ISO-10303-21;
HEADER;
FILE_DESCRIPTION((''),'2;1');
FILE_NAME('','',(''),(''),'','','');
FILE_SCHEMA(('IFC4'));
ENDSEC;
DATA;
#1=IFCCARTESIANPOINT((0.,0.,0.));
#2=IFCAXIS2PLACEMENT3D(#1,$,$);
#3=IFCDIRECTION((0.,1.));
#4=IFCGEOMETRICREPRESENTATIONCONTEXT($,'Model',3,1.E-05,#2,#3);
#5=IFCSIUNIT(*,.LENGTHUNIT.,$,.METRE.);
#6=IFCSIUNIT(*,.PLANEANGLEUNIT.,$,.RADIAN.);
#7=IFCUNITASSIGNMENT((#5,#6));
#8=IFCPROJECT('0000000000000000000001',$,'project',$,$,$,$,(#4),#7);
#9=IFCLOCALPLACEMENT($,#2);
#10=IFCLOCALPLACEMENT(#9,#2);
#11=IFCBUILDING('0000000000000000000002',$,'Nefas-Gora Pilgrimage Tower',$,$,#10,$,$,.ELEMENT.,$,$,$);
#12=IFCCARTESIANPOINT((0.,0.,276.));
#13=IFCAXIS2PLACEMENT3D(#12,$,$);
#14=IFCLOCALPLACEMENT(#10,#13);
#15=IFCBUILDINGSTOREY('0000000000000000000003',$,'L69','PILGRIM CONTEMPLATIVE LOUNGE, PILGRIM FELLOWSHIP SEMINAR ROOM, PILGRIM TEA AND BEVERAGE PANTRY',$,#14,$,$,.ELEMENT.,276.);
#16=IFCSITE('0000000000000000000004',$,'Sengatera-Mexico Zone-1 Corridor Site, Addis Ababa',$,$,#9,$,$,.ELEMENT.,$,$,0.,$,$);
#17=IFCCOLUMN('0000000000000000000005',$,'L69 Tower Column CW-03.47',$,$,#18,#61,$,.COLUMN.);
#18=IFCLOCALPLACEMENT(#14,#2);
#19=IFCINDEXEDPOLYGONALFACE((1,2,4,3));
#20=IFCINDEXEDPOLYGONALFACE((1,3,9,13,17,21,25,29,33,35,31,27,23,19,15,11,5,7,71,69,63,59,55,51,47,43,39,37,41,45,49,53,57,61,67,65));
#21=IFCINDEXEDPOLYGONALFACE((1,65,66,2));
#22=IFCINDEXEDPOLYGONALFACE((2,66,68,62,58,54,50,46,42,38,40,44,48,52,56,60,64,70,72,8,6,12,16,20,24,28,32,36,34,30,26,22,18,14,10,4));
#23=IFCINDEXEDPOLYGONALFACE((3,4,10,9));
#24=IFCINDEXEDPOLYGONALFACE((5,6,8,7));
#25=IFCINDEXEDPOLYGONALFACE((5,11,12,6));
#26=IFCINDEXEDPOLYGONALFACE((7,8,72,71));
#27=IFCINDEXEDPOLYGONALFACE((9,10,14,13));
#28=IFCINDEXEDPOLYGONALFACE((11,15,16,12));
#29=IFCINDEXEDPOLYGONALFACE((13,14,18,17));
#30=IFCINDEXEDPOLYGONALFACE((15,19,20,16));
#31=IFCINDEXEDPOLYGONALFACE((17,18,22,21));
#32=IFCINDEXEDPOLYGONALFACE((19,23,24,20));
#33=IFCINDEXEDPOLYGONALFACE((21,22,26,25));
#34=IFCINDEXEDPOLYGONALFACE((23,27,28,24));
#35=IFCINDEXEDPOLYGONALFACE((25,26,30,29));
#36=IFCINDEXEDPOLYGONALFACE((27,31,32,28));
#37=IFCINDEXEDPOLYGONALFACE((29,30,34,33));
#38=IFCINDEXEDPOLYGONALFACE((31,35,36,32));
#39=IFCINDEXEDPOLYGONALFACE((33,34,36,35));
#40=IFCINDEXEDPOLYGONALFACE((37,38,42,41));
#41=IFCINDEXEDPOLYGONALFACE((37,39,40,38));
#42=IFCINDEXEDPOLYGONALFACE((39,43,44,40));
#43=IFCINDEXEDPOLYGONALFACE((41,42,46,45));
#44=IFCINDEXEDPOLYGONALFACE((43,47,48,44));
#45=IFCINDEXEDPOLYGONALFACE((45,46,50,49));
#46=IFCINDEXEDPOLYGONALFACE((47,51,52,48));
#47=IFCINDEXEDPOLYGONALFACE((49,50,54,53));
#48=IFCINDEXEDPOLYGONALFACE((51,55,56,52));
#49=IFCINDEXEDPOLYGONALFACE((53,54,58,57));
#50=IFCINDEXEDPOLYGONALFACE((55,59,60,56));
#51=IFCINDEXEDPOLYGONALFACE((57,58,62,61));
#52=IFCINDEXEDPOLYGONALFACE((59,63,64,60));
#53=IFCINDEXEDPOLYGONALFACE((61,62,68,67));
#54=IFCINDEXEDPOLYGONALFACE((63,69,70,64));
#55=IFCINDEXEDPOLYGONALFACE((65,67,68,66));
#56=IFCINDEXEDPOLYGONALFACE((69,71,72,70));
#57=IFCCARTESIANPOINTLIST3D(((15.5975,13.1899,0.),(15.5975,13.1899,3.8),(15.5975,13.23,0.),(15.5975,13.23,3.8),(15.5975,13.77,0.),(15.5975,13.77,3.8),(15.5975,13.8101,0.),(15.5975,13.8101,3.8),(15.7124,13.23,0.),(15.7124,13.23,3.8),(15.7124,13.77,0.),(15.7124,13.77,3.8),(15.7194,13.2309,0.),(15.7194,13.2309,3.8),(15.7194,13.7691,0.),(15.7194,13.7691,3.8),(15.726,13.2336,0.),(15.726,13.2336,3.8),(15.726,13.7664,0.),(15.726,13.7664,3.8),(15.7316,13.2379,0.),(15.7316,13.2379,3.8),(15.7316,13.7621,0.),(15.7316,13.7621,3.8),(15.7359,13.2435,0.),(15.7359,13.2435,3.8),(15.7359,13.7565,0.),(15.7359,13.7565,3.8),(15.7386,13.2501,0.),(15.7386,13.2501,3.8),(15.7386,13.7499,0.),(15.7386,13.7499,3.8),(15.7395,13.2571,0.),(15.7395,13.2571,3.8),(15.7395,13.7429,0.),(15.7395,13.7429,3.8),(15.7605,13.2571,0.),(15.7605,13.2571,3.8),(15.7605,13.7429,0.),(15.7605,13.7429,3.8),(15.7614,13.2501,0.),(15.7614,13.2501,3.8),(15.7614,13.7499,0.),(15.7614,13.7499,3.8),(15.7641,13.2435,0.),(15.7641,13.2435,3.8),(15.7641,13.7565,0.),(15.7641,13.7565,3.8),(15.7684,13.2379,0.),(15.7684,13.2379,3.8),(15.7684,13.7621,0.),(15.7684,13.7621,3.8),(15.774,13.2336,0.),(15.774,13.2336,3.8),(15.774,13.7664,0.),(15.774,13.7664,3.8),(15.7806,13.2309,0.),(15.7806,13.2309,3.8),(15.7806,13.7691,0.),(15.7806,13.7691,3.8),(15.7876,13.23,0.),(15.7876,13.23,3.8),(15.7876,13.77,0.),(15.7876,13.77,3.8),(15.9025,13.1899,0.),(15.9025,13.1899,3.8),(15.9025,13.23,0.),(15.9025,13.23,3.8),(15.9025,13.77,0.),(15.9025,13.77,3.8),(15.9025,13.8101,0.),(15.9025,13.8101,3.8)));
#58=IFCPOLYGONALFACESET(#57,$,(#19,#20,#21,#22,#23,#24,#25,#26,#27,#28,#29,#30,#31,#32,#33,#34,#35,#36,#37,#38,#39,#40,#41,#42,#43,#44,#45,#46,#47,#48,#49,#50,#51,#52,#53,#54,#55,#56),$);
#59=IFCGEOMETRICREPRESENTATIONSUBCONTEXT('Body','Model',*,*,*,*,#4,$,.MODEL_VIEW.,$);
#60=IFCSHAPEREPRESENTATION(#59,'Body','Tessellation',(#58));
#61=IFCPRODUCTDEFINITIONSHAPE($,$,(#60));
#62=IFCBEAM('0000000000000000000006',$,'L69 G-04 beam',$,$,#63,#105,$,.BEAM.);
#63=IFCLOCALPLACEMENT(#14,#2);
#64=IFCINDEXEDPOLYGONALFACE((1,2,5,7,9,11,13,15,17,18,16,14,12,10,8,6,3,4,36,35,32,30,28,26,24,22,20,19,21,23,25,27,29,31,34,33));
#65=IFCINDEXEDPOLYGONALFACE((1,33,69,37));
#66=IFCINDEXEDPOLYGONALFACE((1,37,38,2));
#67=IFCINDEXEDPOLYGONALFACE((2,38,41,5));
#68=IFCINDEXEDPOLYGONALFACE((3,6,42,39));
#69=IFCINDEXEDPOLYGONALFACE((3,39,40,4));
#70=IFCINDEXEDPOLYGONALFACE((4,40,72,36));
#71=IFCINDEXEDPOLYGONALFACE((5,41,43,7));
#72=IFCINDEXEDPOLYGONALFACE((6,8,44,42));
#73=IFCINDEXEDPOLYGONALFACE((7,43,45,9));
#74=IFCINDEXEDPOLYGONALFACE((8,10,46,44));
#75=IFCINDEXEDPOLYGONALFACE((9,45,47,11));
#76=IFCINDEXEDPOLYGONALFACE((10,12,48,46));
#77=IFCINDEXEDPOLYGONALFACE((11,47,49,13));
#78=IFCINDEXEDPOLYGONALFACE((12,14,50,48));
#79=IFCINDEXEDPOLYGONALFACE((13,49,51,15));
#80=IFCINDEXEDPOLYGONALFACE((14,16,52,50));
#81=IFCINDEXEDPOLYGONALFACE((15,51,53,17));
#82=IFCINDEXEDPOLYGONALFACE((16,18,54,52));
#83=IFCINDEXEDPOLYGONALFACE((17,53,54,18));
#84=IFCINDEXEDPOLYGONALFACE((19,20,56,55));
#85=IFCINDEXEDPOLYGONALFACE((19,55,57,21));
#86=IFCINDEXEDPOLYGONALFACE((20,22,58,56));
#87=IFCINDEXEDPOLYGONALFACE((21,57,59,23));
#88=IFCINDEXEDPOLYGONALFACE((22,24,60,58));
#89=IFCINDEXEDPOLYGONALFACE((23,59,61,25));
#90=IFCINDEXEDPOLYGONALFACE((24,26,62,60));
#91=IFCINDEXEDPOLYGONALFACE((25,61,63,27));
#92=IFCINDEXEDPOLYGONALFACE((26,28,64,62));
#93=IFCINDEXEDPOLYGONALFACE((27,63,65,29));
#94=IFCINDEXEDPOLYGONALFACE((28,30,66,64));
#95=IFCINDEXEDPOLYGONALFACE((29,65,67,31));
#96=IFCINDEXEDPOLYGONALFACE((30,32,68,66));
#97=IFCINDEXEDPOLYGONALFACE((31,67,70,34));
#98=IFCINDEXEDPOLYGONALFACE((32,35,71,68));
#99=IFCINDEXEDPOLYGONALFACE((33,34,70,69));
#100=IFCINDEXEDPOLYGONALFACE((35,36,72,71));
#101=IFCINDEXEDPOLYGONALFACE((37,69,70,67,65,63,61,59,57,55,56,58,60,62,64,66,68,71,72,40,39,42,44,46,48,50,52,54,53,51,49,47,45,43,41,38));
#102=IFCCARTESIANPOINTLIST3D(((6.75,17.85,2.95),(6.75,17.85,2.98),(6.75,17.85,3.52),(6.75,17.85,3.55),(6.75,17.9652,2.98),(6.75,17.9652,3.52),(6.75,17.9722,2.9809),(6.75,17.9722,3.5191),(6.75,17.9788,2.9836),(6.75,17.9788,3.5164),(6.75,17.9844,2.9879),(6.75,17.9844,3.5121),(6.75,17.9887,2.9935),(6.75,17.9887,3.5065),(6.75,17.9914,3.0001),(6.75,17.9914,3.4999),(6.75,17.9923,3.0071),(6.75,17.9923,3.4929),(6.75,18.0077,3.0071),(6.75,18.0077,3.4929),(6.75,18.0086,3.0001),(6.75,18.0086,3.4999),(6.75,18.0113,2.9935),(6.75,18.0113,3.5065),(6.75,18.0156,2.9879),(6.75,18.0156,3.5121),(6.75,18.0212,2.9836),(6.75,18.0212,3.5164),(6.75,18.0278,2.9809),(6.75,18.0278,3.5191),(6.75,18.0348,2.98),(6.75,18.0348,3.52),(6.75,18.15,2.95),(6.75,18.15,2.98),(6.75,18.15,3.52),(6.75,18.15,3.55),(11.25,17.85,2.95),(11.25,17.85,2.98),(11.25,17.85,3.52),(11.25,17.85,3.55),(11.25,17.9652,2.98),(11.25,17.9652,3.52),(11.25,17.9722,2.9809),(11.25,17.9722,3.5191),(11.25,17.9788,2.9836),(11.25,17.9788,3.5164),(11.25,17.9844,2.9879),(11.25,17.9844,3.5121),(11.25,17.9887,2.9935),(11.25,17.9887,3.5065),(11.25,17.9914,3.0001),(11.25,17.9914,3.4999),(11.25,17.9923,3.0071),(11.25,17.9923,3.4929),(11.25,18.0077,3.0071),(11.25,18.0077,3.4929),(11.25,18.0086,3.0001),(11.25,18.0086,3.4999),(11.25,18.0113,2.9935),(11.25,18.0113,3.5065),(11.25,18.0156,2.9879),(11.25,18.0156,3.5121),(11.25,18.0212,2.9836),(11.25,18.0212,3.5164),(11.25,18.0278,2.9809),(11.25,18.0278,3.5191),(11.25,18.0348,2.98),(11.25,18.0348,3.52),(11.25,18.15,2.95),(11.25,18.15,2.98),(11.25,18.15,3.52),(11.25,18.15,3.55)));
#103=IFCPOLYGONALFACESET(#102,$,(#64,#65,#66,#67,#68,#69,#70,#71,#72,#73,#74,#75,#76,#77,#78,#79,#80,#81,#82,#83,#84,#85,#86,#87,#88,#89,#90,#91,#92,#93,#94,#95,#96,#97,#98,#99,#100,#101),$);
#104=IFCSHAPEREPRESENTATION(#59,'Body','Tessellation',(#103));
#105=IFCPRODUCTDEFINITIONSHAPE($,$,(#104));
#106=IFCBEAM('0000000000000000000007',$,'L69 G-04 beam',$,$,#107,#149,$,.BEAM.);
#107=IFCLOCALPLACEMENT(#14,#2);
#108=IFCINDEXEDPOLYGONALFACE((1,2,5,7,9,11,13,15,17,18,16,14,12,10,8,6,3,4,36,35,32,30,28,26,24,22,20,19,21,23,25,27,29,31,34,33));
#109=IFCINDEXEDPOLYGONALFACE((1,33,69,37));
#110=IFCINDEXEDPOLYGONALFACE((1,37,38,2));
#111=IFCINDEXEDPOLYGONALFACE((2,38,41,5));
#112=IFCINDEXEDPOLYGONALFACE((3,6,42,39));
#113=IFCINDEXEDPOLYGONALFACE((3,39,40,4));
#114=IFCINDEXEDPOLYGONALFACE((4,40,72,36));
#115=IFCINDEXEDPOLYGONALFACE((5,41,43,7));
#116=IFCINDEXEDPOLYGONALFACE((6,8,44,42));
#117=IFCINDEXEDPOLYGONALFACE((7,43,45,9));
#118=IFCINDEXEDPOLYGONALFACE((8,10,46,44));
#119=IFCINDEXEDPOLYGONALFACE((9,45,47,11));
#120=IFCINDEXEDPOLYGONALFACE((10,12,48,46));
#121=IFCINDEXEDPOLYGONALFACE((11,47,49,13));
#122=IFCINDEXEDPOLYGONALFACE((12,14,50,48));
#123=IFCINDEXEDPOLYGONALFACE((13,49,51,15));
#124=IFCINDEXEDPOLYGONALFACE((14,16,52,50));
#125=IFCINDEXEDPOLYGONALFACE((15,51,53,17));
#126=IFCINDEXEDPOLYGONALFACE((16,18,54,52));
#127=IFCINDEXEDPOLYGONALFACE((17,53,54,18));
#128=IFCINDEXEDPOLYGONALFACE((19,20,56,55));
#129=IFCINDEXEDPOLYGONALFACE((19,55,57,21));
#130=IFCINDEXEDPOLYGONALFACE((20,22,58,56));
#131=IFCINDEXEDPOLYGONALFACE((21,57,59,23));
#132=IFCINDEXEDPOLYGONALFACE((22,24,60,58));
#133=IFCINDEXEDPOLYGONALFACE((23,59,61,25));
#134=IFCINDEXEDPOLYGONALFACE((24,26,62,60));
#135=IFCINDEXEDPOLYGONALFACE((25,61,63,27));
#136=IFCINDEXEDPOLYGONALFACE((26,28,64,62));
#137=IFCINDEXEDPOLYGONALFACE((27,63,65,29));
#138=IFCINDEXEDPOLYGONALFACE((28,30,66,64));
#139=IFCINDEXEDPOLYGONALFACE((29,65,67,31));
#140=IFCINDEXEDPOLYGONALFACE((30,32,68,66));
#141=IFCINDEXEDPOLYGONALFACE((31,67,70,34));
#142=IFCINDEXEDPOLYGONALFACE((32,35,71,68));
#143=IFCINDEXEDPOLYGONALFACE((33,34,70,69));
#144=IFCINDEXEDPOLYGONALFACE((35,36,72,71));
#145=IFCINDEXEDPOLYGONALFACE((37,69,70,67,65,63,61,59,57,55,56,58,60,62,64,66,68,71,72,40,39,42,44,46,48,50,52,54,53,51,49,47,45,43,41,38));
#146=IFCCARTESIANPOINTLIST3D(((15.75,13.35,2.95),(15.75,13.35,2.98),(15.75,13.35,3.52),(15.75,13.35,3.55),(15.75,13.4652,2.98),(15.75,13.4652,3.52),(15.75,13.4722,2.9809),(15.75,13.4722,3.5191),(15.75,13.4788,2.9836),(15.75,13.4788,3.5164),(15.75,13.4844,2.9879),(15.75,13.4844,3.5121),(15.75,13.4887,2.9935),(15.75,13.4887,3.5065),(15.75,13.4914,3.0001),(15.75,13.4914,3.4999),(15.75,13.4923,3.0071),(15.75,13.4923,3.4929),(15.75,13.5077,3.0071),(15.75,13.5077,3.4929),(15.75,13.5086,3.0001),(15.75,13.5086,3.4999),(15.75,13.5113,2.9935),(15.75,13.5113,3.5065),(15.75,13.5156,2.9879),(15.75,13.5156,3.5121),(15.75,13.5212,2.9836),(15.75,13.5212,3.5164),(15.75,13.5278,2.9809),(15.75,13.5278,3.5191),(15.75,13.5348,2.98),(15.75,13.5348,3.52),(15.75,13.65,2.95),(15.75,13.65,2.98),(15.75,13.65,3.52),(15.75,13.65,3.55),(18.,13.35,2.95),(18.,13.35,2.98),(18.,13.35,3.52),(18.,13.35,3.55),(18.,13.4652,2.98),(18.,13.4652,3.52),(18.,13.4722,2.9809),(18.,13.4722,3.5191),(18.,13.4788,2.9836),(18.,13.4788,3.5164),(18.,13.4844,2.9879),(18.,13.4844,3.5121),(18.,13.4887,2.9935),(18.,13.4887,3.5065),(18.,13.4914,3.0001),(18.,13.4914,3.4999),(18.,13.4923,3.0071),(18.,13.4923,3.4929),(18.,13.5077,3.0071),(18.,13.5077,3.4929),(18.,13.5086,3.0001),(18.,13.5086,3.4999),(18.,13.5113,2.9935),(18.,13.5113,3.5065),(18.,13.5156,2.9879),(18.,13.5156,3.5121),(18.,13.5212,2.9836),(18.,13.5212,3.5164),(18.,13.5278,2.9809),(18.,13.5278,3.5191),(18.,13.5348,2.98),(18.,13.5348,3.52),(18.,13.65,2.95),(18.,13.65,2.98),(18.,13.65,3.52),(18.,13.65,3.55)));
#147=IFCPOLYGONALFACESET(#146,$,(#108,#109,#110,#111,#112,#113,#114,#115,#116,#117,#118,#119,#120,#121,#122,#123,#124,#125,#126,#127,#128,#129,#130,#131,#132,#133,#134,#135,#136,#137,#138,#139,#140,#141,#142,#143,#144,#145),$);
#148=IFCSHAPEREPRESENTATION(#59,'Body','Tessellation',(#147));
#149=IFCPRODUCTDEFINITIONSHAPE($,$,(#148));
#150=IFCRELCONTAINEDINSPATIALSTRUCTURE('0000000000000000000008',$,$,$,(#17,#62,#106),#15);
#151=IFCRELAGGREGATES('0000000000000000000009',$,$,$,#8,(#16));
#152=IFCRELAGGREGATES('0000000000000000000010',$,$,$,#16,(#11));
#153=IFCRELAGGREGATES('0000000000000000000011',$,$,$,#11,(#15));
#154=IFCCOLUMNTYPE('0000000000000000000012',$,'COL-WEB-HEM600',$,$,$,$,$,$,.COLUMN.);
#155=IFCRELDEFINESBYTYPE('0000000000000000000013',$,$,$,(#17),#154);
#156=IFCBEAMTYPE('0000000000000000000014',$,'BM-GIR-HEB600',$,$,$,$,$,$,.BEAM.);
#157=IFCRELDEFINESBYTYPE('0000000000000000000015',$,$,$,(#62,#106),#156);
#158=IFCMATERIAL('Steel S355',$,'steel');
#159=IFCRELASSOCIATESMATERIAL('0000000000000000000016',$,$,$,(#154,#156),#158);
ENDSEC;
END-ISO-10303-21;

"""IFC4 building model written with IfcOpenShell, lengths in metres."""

from ifc_helpers import new_model, si_unit, direction, frame, origin, origin_2d, place, context, subcontext, project, spatial, i_section, extrude, source, transform, mapped, material, material_profile, profile_set, type_object, element, save


model = new_model("IFC4")

# Units and contexts
model_context = context("Model", 3, precision=1e-05, world=origin(), true_north=direction((0.0, 1.0)))
body_context = subcontext(model_context, "Body", "Model", "MODEL_VIEW")
ifc_project = project(units=[si_unit("LENGTHUNIT", "METRE"), si_unit("PLANEANGLEUNIT", "RADIAN")], contexts=[model_context])

# Site, building, storey
site_placement = place(None, origin())
site = spatial("IfcSite", under=ifc_project, at=site_placement, Name="Sengatera-Mexico Zone-1 Corridor Site, Addis Ababa", CompositionType="ELEMENT", RefElevation=0.0)
building_placement = place(site_placement, origin())
building = spatial("IfcBuilding", under=site, at=building_placement, Name="Nefas-Gora Pilgrimage Tower", CompositionType="ELEMENT")
storey_placement = place(building_placement, frame((0.0, 0.0, 276.0)))
storey = spatial("IfcBuildingStorey", under=building, at=storey_placement, Name="L69", Description="PILGRIM CONTEMPLATIVE LOUNGE, PILGRIM FELLOWSHIP SEMINAR ROOM, PILGRIM TEA AND BEVERAGE PANTRY", CompositionType="ELEMENT", Elevation=276.0)

# Column
ifc_material_1 = material(Name="Steel S355", Category="steel")
ifc_material_profile_1 = material_profile(ifc_material_1, i_section(OverallWidth=0.3049, OverallDepth=0.6201, WebThickness=0.021, FlangeThickness=0.04, FilletRadius=0.0271, at=origin_2d()), Name="HEM 600")
ifc_profile_set_1 = profile_set([ifc_material_profile_1], Name="Steel S355")
column_type_1 = type_object("IfcColumnType", Name="COL-WEB-HEM600", PredefinedType="COLUMN", material=ifc_profile_set_1)
shared_shape_1 = source(origin(), body_context, "Body", "SweptSolid", [
    extrude(i_section(OverallWidth=0.3049, OverallDepth=0.6201, WebThickness=0.021, FlangeThickness=0.04, FilletRadius=0.0271, at=origin_2d()), origin(), (0.0, 0.0, 1.0), 3.8),
])
for number, where, z_axis, x_axis, name in (
    (1, (15.75, 13.5, 0.0), (0.0, 0.0, 1.0), (1.0, 0.0, 0.0), "L69 Tower Column CW-03.47"),
):
    element("IfcColumn", number, at=place(storey_placement, frame(where, z_axis=z_axis, x_axis=x_axis)), inside=storey, type_object=column_type_1, Name=name, PredefinedType="COLUMN", context=body_context, shape_type="MappedRepresentation", body=[
        mapped(shared_shape_1, transform((0.0, 0.0, 0.0), x_axis=(1.0, 0.0, 0.0), y_axis=(0.0, 1.0, 0.0), z_axis=(0.0, 0.0, 1.0), scale=1.0)),
    ])

# Beams
ifc_material_profile_2 = material_profile(ifc_material_1, i_section(OverallWidth=0.3, OverallDepth=0.6001, WebThickness=0.0154, FlangeThickness=0.03, FilletRadius=0.0271, at=origin_2d()), Name="HEB 600")
ifc_profile_set_2 = profile_set([ifc_material_profile_2], Name="Steel S355")
beam_type = type_object("IfcBeamType", Name="BM-GIR-HEB600", PredefinedType="BEAM", material=ifc_profile_set_2)
shared_shape_2 = source(origin(), body_context, "Body", "SweptSolid", [
    extrude(i_section(OverallWidth=0.3, OverallDepth=0.6001, WebThickness=0.0154, FlangeThickness=0.03, FilletRadius=0.0271, at=origin_2d()), origin(), (0.0, 0.0, 1.0), 4.5),
])
beam_1_placement = place(storey_placement, frame((6.75, 18.0, 3.25), z_axis=(1.0, 0.0, 0.0), x_axis=(0.0, 1.0, 0.0)))
element("IfcBeam", 2, at=beam_1_placement, inside=storey, type_object=beam_type, Name="L69 G-04 beam", PredefinedType="BEAM", context=body_context, shape_type="MappedRepresentation", body=[
    mapped(shared_shape_2, transform((0.0, 0.0, 0.0), x_axis=(1.0, 0.0, 0.0), y_axis=(0.0, 1.0, 0.0), z_axis=(0.0, 0.0, 1.0), scale=1.0)),
])
shared_shape_3 = source(origin(), body_context, "Body", "SweptSolid", [
    extrude(i_section(OverallWidth=0.3, OverallDepth=0.6001, WebThickness=0.0154, FlangeThickness=0.03, FilletRadius=0.0271, at=origin_2d()), origin(), (0.0, 0.0, 1.0), 2.25),
])
beam_2_placement = place(storey_placement, frame((15.75, 13.5, 3.25), z_axis=(1.0, 0.0, 0.0), x_axis=(0.0, 1.0, 0.0)))
element("IfcBeam", 3, at=beam_2_placement, inside=storey, type_object=beam_type, Name="L69 G-04 beam", PredefinedType="BEAM", context=body_context, shape_type="MappedRepresentation", body=[
    mapped(shared_shape_3, transform((0.0, 0.0, 0.0), x_axis=(1.0, 0.0, 0.0), y_axis=(0.0, 1.0, 0.0), z_axis=(0.0, 0.0, 1.0), scale=1.0)),
])

save(model, "model.ifc")
